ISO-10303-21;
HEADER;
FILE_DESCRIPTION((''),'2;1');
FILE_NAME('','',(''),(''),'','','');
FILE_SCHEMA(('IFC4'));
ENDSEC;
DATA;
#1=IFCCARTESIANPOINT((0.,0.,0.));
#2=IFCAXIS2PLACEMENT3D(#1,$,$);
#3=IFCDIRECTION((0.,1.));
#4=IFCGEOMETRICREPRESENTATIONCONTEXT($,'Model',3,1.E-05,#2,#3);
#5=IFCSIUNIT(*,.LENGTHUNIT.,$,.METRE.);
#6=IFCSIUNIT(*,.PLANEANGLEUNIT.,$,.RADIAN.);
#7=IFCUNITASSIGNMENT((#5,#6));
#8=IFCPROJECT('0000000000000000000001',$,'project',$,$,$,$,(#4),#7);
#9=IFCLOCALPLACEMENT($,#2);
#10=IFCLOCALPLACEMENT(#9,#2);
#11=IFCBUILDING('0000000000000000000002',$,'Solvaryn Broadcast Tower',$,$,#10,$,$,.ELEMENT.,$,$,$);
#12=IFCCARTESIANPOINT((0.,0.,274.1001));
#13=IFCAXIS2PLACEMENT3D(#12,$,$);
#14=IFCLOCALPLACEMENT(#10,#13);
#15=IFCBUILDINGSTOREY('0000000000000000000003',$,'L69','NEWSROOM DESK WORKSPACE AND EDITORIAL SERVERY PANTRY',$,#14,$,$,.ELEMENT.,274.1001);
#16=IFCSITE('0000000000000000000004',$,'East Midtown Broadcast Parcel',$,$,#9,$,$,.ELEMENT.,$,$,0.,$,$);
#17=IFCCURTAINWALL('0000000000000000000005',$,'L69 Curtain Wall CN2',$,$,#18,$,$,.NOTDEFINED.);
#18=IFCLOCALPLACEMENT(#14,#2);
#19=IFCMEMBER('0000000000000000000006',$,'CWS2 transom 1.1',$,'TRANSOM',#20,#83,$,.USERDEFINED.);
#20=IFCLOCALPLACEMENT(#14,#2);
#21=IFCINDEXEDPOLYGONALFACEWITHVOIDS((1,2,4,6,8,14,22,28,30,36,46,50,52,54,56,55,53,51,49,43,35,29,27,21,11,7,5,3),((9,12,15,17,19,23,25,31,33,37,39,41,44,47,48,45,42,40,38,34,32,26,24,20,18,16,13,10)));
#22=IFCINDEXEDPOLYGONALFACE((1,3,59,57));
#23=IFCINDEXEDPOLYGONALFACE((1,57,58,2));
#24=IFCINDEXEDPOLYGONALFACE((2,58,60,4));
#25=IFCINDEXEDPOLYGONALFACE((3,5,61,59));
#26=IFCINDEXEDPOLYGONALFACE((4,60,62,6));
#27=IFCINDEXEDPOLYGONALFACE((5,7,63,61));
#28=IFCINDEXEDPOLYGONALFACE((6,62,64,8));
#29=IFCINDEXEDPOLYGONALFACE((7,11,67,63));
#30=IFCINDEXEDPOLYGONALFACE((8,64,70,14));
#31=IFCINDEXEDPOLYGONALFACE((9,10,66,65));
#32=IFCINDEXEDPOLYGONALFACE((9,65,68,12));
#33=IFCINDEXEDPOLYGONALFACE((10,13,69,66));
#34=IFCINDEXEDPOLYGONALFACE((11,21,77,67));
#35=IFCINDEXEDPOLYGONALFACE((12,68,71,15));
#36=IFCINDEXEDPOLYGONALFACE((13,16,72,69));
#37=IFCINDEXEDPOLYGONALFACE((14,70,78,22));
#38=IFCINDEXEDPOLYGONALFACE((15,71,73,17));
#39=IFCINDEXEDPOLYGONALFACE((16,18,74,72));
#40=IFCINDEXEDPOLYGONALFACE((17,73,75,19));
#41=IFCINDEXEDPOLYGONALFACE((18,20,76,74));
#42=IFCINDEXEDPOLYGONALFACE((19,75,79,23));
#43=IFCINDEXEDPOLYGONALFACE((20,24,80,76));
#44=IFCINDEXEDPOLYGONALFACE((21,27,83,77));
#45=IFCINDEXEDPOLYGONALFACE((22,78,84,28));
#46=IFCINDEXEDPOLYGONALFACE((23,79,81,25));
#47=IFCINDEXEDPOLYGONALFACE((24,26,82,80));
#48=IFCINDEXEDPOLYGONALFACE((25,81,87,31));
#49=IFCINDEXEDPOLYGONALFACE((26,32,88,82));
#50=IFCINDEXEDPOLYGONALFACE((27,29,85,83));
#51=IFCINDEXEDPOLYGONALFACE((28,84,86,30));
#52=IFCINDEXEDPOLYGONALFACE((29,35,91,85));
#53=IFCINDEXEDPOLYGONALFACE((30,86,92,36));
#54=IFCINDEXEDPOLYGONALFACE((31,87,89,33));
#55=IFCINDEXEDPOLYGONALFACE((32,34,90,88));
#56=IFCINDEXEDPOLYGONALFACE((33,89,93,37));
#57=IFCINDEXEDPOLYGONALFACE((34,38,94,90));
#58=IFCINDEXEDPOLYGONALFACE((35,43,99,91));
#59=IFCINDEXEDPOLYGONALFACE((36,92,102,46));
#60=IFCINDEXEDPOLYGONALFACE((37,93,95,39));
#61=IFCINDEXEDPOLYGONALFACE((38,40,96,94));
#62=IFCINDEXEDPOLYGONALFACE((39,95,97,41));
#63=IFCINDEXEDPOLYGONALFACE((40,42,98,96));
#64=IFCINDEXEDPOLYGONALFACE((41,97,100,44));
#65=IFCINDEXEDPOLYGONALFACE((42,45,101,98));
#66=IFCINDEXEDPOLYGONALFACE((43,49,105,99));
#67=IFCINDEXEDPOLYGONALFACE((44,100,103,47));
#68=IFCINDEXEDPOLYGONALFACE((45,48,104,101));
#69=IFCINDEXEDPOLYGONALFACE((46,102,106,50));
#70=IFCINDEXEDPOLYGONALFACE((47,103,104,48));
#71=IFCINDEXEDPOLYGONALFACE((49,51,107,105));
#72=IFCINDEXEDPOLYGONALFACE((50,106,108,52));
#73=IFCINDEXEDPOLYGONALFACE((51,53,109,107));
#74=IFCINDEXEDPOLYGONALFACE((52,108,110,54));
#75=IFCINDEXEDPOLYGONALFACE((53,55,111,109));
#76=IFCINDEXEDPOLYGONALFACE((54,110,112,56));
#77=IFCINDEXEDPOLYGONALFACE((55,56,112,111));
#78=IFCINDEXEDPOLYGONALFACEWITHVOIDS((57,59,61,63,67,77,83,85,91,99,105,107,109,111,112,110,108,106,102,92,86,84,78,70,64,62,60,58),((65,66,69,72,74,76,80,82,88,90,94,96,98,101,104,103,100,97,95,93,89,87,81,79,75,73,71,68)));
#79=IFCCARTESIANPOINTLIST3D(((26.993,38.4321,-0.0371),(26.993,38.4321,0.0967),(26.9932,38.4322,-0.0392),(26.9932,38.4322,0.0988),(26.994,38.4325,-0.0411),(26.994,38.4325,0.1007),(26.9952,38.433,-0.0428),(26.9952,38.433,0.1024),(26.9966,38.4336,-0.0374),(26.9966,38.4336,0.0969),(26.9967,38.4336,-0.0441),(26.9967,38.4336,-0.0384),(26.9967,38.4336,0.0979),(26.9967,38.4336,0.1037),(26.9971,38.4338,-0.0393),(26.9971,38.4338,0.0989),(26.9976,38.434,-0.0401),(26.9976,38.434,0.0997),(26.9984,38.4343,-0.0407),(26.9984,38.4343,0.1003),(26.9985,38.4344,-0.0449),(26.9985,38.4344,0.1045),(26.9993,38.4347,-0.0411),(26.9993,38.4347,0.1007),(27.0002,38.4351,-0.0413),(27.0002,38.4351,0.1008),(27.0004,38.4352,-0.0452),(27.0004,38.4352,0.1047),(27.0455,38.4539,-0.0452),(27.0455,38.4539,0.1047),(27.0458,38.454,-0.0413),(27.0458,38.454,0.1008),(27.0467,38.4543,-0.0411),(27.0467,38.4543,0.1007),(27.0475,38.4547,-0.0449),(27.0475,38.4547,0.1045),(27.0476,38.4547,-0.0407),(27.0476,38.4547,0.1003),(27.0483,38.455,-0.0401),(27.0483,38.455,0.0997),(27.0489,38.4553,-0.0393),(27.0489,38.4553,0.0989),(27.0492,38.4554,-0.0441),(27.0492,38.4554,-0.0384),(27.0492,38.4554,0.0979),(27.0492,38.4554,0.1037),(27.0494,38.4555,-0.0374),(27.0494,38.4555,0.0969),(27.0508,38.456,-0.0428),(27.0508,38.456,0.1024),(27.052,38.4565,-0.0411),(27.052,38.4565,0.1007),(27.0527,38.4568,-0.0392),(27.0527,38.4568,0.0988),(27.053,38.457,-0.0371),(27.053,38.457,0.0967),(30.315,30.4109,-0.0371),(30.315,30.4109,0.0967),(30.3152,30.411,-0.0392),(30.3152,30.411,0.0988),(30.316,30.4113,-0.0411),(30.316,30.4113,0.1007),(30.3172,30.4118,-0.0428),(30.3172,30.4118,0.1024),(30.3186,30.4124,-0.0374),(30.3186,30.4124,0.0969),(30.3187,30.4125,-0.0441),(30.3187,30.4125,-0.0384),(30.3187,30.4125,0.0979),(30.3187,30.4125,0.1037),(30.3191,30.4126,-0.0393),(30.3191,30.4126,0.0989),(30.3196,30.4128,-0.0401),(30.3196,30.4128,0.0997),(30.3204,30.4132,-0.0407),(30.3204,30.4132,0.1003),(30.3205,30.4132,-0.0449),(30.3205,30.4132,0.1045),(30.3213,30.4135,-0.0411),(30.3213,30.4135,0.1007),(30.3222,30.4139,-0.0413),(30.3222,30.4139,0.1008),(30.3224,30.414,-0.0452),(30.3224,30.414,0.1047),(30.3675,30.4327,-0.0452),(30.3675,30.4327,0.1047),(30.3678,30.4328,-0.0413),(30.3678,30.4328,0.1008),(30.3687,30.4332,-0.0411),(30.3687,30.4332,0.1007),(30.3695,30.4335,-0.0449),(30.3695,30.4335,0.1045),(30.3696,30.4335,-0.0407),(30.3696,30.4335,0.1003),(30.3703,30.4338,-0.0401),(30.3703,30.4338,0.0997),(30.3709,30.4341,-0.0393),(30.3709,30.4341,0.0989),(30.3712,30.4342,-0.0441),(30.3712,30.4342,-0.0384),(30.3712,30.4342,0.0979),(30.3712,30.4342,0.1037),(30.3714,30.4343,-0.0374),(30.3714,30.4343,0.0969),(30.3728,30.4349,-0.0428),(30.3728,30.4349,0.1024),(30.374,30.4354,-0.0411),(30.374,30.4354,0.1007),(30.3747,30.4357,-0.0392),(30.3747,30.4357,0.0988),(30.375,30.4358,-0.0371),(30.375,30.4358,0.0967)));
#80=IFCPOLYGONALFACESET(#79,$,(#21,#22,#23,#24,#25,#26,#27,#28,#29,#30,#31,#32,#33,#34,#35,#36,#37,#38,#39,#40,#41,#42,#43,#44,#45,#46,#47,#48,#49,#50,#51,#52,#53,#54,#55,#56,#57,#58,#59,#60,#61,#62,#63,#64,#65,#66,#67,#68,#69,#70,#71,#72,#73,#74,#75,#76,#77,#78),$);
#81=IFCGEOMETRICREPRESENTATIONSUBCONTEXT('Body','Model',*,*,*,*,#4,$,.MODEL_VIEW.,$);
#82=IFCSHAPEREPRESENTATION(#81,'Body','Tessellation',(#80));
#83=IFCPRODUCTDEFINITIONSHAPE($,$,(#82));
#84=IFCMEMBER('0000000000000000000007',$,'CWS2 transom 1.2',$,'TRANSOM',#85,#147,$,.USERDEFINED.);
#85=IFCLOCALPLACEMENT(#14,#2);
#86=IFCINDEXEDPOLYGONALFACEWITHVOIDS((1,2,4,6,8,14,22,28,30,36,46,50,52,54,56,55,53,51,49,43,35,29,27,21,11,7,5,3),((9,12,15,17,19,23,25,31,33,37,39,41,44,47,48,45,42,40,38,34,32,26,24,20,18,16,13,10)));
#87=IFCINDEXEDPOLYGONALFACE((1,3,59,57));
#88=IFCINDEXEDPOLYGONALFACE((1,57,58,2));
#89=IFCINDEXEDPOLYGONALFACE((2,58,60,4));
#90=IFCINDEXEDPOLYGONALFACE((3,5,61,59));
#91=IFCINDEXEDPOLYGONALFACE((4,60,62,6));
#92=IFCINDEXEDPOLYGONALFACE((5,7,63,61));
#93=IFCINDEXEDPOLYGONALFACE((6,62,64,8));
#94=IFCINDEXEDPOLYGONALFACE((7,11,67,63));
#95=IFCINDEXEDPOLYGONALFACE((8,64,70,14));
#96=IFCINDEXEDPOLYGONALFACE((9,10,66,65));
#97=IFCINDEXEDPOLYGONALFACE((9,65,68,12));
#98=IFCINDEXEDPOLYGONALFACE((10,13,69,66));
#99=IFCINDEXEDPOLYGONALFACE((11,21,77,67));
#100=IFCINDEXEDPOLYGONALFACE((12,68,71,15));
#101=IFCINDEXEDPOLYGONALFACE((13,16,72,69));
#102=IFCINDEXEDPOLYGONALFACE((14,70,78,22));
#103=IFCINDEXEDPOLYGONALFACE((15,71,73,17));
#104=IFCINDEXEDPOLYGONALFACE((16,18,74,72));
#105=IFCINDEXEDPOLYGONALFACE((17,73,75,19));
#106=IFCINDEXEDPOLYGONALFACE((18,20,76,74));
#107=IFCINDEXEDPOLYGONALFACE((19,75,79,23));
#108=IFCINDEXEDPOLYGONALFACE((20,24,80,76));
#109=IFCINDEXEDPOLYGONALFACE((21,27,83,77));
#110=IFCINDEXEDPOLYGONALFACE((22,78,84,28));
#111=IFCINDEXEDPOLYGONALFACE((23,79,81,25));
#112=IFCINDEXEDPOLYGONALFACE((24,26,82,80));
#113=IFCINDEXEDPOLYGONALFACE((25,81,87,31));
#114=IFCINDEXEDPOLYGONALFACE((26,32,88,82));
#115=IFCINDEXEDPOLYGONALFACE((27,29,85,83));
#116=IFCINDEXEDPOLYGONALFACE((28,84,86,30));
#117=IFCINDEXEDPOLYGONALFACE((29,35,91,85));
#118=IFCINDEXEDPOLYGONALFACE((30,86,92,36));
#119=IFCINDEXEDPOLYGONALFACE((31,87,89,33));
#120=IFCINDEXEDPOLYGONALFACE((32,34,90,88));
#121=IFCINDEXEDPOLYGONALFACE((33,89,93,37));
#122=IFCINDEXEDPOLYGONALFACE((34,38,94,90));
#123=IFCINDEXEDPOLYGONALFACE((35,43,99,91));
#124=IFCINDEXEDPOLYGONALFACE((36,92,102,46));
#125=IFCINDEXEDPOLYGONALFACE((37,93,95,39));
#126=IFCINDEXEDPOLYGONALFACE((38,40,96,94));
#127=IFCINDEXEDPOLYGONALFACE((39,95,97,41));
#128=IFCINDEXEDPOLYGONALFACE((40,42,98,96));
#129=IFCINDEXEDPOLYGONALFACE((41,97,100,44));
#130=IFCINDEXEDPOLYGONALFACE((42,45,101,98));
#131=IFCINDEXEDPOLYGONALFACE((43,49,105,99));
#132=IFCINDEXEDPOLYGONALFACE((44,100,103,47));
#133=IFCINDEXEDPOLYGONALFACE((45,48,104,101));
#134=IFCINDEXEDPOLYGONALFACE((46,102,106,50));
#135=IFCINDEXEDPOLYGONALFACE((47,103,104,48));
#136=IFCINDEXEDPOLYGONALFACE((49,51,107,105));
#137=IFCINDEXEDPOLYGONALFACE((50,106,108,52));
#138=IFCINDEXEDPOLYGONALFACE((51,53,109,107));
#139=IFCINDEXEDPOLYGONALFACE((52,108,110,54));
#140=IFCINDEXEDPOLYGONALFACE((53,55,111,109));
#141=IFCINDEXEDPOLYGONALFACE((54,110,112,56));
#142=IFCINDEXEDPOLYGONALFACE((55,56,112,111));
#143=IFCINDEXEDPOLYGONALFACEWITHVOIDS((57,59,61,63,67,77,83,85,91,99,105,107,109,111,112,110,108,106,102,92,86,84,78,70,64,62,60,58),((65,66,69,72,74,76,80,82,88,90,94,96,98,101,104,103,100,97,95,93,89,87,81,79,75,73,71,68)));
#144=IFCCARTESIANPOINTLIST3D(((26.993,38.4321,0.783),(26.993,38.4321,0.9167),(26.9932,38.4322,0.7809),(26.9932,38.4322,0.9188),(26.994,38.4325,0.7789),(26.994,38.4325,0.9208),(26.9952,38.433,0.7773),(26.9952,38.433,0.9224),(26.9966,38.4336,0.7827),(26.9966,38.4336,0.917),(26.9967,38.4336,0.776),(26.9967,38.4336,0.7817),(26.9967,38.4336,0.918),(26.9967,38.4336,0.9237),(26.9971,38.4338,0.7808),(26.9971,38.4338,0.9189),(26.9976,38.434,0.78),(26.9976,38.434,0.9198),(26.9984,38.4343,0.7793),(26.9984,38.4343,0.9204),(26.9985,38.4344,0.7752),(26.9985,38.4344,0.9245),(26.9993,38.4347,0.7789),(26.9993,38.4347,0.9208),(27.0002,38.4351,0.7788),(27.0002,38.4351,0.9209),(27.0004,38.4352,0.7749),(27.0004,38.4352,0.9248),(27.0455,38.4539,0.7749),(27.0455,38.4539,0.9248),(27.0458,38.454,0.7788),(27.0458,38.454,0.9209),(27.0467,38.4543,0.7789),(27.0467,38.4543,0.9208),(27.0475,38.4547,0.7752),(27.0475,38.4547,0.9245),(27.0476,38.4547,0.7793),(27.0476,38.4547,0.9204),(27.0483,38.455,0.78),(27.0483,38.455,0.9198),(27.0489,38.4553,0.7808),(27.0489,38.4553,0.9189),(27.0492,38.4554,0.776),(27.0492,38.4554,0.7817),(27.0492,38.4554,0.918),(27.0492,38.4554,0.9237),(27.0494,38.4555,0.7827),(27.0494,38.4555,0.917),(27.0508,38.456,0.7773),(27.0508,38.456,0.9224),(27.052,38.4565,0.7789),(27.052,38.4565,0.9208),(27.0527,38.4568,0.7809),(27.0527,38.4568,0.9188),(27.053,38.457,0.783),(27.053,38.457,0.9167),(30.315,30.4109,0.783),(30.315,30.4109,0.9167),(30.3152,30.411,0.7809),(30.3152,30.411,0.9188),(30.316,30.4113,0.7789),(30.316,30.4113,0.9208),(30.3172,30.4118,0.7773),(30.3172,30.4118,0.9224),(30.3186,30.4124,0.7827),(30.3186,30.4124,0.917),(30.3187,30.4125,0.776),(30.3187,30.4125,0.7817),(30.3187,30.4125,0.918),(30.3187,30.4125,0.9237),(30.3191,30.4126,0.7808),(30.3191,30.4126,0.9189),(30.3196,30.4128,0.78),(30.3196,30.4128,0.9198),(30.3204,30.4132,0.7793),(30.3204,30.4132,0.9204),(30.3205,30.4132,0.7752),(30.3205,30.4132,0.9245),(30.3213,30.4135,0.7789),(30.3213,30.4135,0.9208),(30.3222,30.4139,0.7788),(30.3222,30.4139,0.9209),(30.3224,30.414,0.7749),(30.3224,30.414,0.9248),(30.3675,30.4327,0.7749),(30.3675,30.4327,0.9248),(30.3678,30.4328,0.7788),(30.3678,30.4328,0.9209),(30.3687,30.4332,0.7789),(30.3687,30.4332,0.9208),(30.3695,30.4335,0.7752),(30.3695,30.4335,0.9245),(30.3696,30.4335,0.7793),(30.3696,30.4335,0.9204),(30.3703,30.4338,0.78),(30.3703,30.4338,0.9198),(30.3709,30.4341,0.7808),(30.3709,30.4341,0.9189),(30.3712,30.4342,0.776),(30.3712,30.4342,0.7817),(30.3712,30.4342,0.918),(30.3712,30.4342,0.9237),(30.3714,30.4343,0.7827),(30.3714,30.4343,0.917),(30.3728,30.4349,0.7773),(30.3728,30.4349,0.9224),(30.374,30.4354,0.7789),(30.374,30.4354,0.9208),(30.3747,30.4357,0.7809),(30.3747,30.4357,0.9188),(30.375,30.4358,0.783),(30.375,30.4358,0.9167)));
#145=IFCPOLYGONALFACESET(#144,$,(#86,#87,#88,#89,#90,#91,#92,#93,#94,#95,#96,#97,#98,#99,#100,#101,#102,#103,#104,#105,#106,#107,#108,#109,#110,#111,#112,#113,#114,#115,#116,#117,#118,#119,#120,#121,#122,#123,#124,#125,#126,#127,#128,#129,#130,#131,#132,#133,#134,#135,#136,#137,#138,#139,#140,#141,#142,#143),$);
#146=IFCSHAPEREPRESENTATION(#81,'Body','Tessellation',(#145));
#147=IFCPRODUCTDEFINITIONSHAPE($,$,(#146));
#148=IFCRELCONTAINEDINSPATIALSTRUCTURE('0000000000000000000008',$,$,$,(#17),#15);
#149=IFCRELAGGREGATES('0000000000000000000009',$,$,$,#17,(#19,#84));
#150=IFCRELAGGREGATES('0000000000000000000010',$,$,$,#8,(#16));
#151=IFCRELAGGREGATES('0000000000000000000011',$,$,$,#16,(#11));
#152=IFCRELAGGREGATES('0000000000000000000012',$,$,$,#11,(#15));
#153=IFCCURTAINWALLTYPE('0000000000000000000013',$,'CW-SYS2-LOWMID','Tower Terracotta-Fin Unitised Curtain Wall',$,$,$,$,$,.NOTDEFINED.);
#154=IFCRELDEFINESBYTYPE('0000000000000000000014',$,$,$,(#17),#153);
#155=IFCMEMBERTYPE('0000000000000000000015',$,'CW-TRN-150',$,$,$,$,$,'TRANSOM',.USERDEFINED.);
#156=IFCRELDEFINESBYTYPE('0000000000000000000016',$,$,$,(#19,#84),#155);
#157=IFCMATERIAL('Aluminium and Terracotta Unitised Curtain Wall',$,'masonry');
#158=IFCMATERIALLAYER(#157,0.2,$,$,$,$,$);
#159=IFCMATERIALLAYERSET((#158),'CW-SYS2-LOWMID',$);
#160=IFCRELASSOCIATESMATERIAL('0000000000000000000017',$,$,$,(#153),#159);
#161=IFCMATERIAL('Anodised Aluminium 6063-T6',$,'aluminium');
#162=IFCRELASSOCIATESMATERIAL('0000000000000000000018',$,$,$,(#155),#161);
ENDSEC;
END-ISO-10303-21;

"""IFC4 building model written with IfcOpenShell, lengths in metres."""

from ifc_helpers import new_model, si_unit, direction, frame, origin, origin_2d, place, context, subcontext, project, spatial, hollow_rectangle, extrude, material, layer, layer_set, material_profile, profile_set, type_object, element, aggregate, save


model = new_model("IFC4")

# Units and contexts
model_context = context("Model", 3, precision=1e-05, world=origin(), true_north=direction((0.0, 1.0)))
body_context = subcontext(model_context, "Body", "Model", "MODEL_VIEW")
ifc_project = project(units=[si_unit("LENGTHUNIT", "METRE"), si_unit("PLANEANGLEUNIT", "RADIAN")], contexts=[model_context])

# Site, building, storey
site_placement = place(None, origin())
site = spatial("IfcSite", under=ifc_project, at=site_placement, Name="East Midtown Broadcast Parcel", CompositionType="ELEMENT", RefElevation=0.0)
building_placement = place(site_placement, origin())
building = spatial("IfcBuilding", under=site, at=building_placement, Name="Solvaryn Broadcast Tower", CompositionType="ELEMENT")
storey_placement = place(building_placement, frame((0.0, 0.0, 274.1001)))
storey = spatial("IfcBuildingStorey", under=building, at=storey_placement, Name="L69", Description="NEWSROOM DESK WORKSPACE AND EDITORIAL SERVERY PANTRY", CompositionType="ELEMENT", Elevation=274.1001)

# Shared definitions
ifc_material_1 = material(Name="Aluminium and Terracotta Unitised Curtain Wall", Category="masonry")
ifc_layer_1 = layer(ifc_material_1, 0.2)
ifc_layer_set_1 = layer_set([ifc_layer_1], Name="CW-SYS2-LOWMID")
curtain_wall_type = type_object("IfcCurtainWallType", Name="CW-SYS2-LOWMID", Description="Tower Terracotta-Fin Unitised Curtain Wall", PredefinedType="NOTDEFINED", material=ifc_layer_set_1)

# Curtain wall, members
curtain_wall_1_placement = place(storey_placement, origin())
curtain_wall_1 = element("IfcCurtainWall", 1, at=curtain_wall_1_placement, inside=storey, type_object=curtain_wall_type, Name="L69 Curtain Wall CN2", PredefinedType="NOTDEFINED")
ifc_material_2 = material(Name="Anodised Aluminium 6063-T6", Category="aluminium")
ifc_material_profile_1 = material_profile(ifc_material_2, hollow_rectangle(XDim=0.0649, YDim=0.1499, WallThickness=0.0039, InnerFilletRadius=0.0039, OuterFilletRadius=0.0081, at=origin_2d()))
ifc_profile_set_1 = profile_set([ifc_material_profile_1], Name="Anodised Aluminium 6063-T6")
member_type_1 = type_object("IfcMemberType", Name="CW-TRN-150", ElementType="TRANSOM", PredefinedType="USERDEFINED", material=ifc_profile_set_1)
member_1_placement = place(storey_placement, frame((30.345, 30.4233, 0.0298), z_axis=(-0.382636, 0.923899, 0.0), x_axis=(-0.923899, -0.382636, 0.0)))
member_1 = element("IfcMember", 2, at=member_1_placement, type_object=member_type_1, Name="CWS2 transom 1.1", ObjectType="TRANSOM", PredefinedType="USERDEFINED", context=body_context, shape_type="SweptSolid", body=[
    extrude(hollow_rectangle(XDim=0.0649, YDim=0.1499, WallThickness=0.0039, InnerFilletRadius=0.0039, OuterFilletRadius=0.0081, at=origin_2d()), origin(), (0.0, 0.0, 1.0), 8.6819),
])
member_2_placement = place(storey_placement, frame((30.345, 30.4233, 0.8499), z_axis=(-0.382636, 0.923899, 0.0), x_axis=(-0.923899, -0.382636, 0.0)))
member_2 = element("IfcMember", 3, at=member_2_placement, type_object=member_type_1, Name="CWS2 transom 1.2", ObjectType="TRANSOM", PredefinedType="USERDEFINED", context=body_context, shape_type="SweptSolid", body=[
    extrude(hollow_rectangle(XDim=0.0649, YDim=0.1499, WallThickness=0.0039, InnerFilletRadius=0.0039, OuterFilletRadius=0.0081, at=origin_2d()), origin(), (0.0, 0.0, 1.0), 8.6819),
])

aggregate(curtain_wall_1, [member_1, member_2])

save(model, "model.ifc")
